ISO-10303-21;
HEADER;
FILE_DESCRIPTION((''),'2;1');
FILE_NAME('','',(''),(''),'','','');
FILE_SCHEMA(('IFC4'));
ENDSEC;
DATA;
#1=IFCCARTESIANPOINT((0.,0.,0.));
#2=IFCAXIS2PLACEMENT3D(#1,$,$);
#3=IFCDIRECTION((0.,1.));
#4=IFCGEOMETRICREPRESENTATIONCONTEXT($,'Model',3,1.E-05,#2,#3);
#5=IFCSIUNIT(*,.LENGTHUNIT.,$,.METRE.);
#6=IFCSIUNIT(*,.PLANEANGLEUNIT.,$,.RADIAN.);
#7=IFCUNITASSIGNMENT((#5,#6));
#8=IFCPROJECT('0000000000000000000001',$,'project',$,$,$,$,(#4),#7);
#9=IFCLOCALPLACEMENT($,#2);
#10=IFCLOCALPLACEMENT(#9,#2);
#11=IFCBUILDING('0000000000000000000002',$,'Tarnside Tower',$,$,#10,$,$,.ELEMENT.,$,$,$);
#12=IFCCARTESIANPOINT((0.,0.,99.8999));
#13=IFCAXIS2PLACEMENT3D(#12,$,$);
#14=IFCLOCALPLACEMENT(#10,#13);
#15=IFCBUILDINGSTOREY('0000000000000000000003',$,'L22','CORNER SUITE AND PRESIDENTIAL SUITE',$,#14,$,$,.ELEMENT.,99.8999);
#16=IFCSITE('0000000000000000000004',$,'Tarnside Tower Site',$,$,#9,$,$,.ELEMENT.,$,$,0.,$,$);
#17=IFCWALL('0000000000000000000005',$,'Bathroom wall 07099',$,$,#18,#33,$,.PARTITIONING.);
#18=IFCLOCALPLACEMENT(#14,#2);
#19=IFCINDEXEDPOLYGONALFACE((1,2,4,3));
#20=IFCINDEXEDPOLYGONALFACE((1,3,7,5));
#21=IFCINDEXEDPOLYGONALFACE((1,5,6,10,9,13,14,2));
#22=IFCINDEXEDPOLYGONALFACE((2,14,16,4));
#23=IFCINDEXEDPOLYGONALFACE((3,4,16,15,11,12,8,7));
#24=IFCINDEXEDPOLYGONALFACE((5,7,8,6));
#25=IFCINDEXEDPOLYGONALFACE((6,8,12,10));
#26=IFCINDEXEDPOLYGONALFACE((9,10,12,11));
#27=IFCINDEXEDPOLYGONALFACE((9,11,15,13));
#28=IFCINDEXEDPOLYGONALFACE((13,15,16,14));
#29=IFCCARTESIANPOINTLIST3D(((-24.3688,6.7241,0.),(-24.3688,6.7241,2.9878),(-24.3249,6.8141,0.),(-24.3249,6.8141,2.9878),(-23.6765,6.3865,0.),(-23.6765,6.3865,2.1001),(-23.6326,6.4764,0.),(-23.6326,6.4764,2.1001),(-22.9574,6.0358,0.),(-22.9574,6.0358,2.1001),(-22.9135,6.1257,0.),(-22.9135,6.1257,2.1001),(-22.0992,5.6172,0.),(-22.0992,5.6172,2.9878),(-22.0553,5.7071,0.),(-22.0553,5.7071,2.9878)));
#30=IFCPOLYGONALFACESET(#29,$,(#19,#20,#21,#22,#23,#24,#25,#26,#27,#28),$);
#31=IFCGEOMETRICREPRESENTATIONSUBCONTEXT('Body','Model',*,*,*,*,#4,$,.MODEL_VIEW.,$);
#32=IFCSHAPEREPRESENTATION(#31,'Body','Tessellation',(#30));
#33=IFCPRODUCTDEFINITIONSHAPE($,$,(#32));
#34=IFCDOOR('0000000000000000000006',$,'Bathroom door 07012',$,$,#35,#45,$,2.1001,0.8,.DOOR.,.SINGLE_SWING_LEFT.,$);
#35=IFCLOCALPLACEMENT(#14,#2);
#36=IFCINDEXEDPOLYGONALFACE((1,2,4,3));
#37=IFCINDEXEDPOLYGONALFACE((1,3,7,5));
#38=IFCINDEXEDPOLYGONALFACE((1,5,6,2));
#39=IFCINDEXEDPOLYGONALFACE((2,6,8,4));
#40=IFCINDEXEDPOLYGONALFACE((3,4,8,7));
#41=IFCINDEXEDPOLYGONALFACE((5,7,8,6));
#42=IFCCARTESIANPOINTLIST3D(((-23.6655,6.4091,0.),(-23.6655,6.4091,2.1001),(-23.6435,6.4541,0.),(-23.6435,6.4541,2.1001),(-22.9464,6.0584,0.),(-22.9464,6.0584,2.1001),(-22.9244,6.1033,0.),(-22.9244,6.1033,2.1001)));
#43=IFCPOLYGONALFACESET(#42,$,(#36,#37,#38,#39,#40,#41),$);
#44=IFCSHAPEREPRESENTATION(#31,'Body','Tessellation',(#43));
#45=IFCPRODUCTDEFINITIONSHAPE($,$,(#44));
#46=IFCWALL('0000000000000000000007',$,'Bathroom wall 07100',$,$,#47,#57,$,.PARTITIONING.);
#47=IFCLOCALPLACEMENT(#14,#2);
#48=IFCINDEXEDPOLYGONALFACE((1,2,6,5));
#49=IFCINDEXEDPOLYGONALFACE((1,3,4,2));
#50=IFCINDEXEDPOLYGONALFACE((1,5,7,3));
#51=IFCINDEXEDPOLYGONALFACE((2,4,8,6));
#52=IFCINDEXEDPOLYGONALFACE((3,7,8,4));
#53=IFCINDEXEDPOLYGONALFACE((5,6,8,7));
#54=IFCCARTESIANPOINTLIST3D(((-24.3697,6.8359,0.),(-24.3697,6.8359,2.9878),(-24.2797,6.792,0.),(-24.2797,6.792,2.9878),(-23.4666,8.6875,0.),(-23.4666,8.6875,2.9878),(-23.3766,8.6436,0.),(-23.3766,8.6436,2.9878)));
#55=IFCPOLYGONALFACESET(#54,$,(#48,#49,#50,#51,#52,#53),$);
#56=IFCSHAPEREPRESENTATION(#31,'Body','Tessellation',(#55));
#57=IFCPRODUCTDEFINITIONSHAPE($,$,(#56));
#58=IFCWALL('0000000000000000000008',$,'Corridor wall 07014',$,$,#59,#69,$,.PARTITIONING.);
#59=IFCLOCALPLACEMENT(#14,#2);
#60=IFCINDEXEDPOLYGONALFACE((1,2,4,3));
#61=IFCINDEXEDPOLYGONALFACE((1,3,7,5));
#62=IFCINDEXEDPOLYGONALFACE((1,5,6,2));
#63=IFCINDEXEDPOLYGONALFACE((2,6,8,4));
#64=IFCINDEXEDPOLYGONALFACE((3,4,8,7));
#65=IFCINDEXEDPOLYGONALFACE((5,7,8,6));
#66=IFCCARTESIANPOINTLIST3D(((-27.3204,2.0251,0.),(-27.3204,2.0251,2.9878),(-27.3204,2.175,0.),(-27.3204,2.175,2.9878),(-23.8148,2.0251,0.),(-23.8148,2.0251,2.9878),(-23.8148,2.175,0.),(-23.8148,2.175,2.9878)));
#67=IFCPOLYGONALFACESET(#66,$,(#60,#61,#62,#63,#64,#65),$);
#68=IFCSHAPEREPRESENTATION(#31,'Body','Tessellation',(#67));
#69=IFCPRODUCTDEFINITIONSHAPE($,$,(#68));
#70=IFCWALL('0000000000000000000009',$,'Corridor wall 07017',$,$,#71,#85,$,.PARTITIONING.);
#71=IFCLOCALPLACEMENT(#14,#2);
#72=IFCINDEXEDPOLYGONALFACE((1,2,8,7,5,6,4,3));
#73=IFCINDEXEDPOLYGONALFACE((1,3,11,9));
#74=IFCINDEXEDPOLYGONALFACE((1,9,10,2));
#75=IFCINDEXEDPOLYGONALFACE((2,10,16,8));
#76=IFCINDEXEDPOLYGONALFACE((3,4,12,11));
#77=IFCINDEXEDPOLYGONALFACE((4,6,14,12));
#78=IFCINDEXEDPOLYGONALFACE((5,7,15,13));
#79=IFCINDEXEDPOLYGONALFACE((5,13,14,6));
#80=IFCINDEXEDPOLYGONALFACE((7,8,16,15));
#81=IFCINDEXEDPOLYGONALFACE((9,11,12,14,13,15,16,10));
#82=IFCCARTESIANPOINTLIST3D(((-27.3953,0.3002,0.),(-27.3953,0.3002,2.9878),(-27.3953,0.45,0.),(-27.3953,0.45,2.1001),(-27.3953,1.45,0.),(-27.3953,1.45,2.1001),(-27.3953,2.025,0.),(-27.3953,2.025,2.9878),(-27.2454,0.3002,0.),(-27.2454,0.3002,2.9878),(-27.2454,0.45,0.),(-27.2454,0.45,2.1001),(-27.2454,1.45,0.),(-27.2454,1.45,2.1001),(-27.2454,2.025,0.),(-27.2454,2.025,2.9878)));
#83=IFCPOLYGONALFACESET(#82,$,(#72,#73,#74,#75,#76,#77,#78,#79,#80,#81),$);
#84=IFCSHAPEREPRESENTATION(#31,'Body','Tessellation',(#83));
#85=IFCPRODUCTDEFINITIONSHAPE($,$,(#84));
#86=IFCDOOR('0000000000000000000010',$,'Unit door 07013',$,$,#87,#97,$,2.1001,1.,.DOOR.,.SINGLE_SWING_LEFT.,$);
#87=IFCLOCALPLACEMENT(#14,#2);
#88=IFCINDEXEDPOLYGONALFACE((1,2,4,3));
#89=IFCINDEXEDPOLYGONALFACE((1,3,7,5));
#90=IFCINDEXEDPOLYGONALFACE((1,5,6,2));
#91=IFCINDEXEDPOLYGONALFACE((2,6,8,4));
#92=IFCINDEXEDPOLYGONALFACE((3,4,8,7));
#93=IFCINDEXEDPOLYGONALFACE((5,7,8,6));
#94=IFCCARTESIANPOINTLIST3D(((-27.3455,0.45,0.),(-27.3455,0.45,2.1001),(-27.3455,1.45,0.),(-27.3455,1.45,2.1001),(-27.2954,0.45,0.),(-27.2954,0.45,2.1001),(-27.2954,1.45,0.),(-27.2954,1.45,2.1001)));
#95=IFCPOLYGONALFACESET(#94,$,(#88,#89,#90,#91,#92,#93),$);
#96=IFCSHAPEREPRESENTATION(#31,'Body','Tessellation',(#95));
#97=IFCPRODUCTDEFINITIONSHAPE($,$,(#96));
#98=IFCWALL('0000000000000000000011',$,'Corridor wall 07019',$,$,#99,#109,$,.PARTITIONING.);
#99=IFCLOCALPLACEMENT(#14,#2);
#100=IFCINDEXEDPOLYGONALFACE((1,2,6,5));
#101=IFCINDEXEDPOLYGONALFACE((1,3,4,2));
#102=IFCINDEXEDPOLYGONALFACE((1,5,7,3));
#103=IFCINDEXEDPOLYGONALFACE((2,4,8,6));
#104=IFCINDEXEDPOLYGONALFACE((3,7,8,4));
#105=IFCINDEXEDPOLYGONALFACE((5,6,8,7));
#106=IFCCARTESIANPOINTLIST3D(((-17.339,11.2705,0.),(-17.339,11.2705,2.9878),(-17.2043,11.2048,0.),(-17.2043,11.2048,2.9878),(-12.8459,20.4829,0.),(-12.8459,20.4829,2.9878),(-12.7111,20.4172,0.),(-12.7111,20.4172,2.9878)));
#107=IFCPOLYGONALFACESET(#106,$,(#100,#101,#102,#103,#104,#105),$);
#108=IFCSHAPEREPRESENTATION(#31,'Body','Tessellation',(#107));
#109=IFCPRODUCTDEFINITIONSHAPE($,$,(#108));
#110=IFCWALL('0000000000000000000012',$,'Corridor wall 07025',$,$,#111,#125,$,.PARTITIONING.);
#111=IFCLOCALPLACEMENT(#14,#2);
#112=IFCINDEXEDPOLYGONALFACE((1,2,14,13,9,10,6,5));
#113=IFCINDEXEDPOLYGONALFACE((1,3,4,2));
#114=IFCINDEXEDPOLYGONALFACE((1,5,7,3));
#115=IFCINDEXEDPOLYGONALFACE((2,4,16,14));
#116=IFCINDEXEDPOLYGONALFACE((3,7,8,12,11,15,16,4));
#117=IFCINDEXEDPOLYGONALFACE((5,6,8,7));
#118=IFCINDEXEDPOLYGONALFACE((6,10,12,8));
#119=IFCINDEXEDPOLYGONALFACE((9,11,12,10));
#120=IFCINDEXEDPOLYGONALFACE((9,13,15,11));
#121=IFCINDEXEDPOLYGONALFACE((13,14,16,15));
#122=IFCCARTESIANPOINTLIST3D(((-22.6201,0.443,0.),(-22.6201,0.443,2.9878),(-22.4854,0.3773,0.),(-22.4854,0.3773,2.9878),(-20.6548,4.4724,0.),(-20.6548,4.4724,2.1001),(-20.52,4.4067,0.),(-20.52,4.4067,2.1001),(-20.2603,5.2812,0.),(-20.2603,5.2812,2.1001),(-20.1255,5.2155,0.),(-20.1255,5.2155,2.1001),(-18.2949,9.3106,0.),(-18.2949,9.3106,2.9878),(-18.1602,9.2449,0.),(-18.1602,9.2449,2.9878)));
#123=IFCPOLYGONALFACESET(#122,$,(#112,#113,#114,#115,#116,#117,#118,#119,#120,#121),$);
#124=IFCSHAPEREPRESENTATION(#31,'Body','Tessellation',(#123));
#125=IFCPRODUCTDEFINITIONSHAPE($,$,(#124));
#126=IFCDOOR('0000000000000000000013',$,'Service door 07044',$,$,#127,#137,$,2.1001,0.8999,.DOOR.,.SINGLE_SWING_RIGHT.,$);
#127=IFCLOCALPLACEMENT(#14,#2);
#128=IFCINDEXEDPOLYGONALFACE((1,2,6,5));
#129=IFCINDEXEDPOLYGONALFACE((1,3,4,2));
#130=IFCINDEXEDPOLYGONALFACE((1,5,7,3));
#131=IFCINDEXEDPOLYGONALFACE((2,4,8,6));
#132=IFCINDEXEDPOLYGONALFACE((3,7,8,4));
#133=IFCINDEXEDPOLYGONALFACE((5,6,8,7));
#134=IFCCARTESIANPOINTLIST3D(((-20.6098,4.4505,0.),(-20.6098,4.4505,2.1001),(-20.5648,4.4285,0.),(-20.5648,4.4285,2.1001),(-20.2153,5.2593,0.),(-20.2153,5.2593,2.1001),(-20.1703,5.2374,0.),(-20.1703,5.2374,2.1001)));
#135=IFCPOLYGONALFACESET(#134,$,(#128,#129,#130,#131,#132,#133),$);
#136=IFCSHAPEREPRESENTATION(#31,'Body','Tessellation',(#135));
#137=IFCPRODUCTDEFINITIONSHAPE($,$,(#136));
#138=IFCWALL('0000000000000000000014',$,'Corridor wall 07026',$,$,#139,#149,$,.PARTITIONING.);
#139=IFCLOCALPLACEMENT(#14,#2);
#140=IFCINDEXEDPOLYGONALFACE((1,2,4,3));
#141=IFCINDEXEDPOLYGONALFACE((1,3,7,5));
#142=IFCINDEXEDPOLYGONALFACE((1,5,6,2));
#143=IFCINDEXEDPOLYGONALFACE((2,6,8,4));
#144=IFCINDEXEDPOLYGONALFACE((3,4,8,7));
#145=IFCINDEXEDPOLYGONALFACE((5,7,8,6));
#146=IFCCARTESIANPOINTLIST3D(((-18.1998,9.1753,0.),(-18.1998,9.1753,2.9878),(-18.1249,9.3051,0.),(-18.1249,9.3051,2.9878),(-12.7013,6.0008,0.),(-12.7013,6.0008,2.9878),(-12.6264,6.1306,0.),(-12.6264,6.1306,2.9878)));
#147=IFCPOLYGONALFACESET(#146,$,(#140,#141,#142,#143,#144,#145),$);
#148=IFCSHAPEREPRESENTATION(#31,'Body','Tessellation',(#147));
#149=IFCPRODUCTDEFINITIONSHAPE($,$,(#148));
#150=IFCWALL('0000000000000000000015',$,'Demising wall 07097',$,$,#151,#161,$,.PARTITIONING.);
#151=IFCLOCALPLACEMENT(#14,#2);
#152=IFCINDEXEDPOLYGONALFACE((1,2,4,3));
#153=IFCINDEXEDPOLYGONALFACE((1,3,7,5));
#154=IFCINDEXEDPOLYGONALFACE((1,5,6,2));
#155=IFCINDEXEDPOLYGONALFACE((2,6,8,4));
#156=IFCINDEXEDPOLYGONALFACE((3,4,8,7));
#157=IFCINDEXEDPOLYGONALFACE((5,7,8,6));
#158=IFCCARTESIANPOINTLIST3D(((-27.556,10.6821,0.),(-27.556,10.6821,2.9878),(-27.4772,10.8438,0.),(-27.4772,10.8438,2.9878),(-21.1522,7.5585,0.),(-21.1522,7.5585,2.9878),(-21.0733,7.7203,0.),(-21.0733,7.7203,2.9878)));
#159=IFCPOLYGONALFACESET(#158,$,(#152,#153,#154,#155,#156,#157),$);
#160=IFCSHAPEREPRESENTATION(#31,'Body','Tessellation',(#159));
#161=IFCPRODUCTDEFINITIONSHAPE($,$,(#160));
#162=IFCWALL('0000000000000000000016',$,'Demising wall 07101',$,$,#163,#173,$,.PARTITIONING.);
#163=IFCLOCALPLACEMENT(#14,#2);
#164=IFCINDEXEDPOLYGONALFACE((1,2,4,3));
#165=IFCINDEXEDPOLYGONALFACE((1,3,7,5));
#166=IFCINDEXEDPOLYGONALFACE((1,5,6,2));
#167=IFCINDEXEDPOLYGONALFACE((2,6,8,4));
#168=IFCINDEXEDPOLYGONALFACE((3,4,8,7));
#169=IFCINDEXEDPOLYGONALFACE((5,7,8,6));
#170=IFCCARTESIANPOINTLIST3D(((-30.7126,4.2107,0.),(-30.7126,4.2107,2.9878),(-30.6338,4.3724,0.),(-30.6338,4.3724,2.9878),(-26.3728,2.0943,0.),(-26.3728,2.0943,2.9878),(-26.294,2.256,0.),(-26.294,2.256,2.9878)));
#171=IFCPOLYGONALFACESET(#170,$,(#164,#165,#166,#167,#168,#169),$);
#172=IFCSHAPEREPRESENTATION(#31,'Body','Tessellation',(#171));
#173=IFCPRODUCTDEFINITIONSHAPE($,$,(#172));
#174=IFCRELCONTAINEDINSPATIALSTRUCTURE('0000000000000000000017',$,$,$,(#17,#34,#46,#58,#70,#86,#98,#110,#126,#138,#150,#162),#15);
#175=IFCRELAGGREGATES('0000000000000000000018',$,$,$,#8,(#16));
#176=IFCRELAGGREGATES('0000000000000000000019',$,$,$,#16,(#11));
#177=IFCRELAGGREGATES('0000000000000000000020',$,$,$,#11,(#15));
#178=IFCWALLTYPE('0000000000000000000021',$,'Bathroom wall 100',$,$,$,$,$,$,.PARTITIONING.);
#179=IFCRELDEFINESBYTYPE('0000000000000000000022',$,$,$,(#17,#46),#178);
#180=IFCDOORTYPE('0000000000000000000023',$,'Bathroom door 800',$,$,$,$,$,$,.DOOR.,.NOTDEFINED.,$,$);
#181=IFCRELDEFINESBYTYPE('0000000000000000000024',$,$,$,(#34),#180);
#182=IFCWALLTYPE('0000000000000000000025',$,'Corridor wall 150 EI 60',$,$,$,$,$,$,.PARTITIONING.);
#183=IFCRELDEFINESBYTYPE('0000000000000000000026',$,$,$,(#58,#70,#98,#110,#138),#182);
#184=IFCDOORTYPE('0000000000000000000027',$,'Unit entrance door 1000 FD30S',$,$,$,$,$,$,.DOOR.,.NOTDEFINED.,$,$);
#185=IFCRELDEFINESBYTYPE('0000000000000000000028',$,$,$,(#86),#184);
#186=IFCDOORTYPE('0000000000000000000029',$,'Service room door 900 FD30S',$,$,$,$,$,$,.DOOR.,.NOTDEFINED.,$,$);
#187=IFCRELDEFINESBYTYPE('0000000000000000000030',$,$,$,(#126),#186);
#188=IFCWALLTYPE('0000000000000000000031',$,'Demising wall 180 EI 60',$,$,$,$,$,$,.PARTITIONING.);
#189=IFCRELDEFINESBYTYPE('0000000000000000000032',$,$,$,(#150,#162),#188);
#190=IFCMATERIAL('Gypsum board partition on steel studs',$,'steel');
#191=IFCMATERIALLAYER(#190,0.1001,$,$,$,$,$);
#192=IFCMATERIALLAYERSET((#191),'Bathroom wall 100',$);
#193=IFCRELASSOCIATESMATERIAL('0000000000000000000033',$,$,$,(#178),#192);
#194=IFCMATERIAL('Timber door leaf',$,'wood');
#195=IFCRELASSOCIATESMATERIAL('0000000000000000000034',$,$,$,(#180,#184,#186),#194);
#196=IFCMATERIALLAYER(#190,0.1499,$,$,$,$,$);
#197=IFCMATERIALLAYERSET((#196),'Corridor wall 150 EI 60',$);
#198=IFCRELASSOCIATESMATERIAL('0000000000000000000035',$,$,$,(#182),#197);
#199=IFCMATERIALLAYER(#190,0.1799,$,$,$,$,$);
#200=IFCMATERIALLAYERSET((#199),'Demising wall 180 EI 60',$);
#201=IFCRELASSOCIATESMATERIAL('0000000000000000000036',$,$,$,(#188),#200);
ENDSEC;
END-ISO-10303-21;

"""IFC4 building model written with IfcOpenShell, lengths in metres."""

from ifc_helpers import new_model, si_unit, direction, frame, frame_2d, origin, place, context, subcontext, project, spatial, rectangle, extrude, material, layer, layer_set, type_object, element, fill, save


model = new_model("IFC4")

# Units and contexts
model_context = context("Model", 3, precision=1e-05, world=origin(), true_north=direction((0.0, 1.0)))
body_context = subcontext(model_context, "Body", "Model", "MODEL_VIEW")
ifc_project = project(units=[si_unit("LENGTHUNIT", "METRE"), si_unit("PLANEANGLEUNIT", "RADIAN")], contexts=[model_context])

# Site, building, storey
site_placement = place(None, origin())
site = spatial("IfcSite", under=ifc_project, at=site_placement, Name="Tarnside Tower Site", CompositionType="ELEMENT", RefElevation=0.0)
building_placement = place(site_placement, origin())
building = spatial("IfcBuilding", under=site, at=building_placement, Name="Tarnside Tower", CompositionType="ELEMENT")
storey_placement = place(building_placement, frame((0.0, 0.0, 99.8999)))
storey = spatial("IfcBuildingStorey", under=building, at=storey_placement, Name="L22", Description="CORNER SUITE AND PRESIDENTIAL SUITE", CompositionType="ELEMENT", Elevation=99.8999)

# Wall, opening, door
ifc_material_1 = material(Name="Gypsum board partition on steel studs", Category="steel")
ifc_layer_1 = layer(ifc_material_1, 0.1001)
ifc_layer_set_1 = layer_set([ifc_layer_1], Name="Bathroom wall 100")
wall_type_1 = type_object("IfcWallType", Name="Bathroom wall 100", PredefinedType="PARTITIONING", material=ifc_layer_set_1)
wall_1_placement = place(storey_placement, frame((-22.0771, 5.6621, 0.0), z_axis=(0.0, 0.0, 1.0), x_axis=(-0.898793, 0.438374, 0.0)))
wall_1 = element("IfcWall", 1, at=wall_1_placement, inside=storey, type_object=wall_type_1, Name="Bathroom wall 07099", PredefinedType="PARTITIONING", context=body_context, shape_type="SweptSolid", body=[
    extrude(rectangle(XDim=2.5251, YDim=0.1001, at=frame_2d((1.2627, 0.0))), origin(), (0.0, 0.0, 1.0), 2.9878),
])
opening_1_placement = place(wall_1_placement, frame((0.9551, 0.0, 0.0)))
opening_1 = element("IfcOpeningElement", 2, at=opening_1_placement, cuts=wall_1, PredefinedType="OPENING", context=body_context, shape_type="SweptSolid", body=[
    extrude(rectangle(XDim=0.8, YDim=2.1001, at=frame_2d((0.3999, 1.05))), frame((0.0, 0.0601, 0.0), z_axis=(0.0, -1.0, 0.0), x_axis=(1.0, 0.0, 0.0)), (0.0, 0.0, 1.0), 0.1201),
])
ifc_material_2 = material(Name="Timber door leaf", Category="wood")
door_type_1 = type_object("IfcDoorType", Name="Bathroom door 800", OperationType="NOTDEFINED", PredefinedType="DOOR", material=ifc_material_2)
door_1_placement = place(opening_1_placement, origin())
door_1 = element("IfcDoor", 3, at=door_1_placement, inside=storey, type_object=door_type_1, Name="Bathroom door 07012", OperationType="SINGLE_SWING_LEFT", OverallHeight=2.1001, OverallWidth=0.8, PredefinedType="DOOR", context=body_context, shape_type="SweptSolid", body=[
    extrude(rectangle(XDim=0.8, YDim=2.1001, at=frame_2d((0.3999, 1.05))), frame((0.0, 0.0249, 0.0), z_axis=(0.0, -1.0, 0.0), x_axis=(1.0, 0.0, 0.0)), (0.0, 0.0, 1.0), 0.05),
])
fill(opening_1, door_1)

# Walls
wall_2_placement = place(storey_placement, frame((-24.3247, 6.814, 0.0), z_axis=(0.0, 0.0, 1.0), x_axis=(0.438375, 0.898792, 0.0)))
element("IfcWall", 4, at=wall_2_placement, inside=storey, type_object=wall_type_1, Name="Bathroom wall 07100", PredefinedType="PARTITIONING", context=body_context, shape_type="SweptSolid", body=[
    extrude(rectangle(XDim=2.0601, YDim=0.1001, at=frame_2d((1.03, 0.0))), origin(), (0.0, 0.0, 1.0), 2.9878),
])
ifc_layer_2 = layer(ifc_material_1, 0.1499)
ifc_layer_set_2 = layer_set([ifc_layer_2], Name="Corridor wall 150 EI 60")
wall_type_2 = type_object("IfcWallType", Name="Corridor wall 150 EI 60", PredefinedType="PARTITIONING", material=ifc_layer_set_2)
wall_3_placement = place(storey_placement, frame((-23.8147, 2.1001, 0.0), z_axis=(0.0, 0.0, 1.0), x_axis=(-1.0, 0.0, 0.0)))
element("IfcWall", 5, at=wall_3_placement, inside=storey, type_object=wall_type_2, Name="Corridor wall 07014", PredefinedType="PARTITIONING", context=body_context, shape_type="SweptSolid", body=[
    extrude(rectangle(XDim=3.5056, YDim=0.1499, at=frame_2d((1.7529, 0.0))), origin(), (0.0, 0.0, 1.0), 2.9878),
])

# Wall, opening, door
wall_4_placement = place(storey_placement, frame((-27.3203, 2.0249, 0.0), z_axis=(0.0, 0.0, 1.0), x_axis=(0.0, -1.0, 0.0)))
wall_4 = element("IfcWall", 6, at=wall_4_placement, inside=storey, type_object=wall_type_2, Name="Corridor wall 07017", PredefinedType="PARTITIONING", context=body_context, shape_type="SweptSolid", body=[
    extrude(rectangle(XDim=1.7249, YDim=0.1499, at=frame_2d((0.8623, 0.0))), origin(), (0.0, 0.0, 1.0), 2.9878),
])
opening_2_placement = place(wall_4_placement, frame((0.575, 0.0, 0.0)))
opening_2 = element("IfcOpeningElement", 7, at=opening_2_placement, cuts=wall_4, PredefinedType="OPENING", context=body_context, shape_type="SweptSolid", body=[
    extrude(rectangle(XDim=1.0, YDim=2.1001, at=frame_2d((0.5, 1.05))), frame((0.0, 0.085, 0.0), z_axis=(0.0, -1.0, 0.0), x_axis=(1.0, 0.0, 0.0)), (0.0, 0.0, 1.0), 0.1699),
])
door_type_2 = type_object("IfcDoorType", Name="Unit entrance door 1000 FD30S", OperationType="NOTDEFINED", PredefinedType="DOOR", material=ifc_material_2)
door_2_placement = place(opening_2_placement, origin())
door_2 = element("IfcDoor", 8, at=door_2_placement, inside=storey, type_object=door_type_2, Name="Unit door 07013", OperationType="SINGLE_SWING_LEFT", OverallHeight=2.1001, OverallWidth=1.0, PredefinedType="DOOR", context=body_context, shape_type="SweptSolid", body=[
    extrude(rectangle(XDim=1.0, YDim=2.1001, at=frame_2d((0.5, 1.05))), frame((0.0, 0.0249, 0.0), z_axis=(0.0, -1.0, 0.0), x_axis=(1.0, 0.0, 0.0)), (0.0, 0.0, 1.0), 0.05),
])
fill(opening_2, door_2)

# Wall
wall_5_placement = place(storey_placement, frame((-17.2717, 11.2375, 0.0), z_axis=(0.0, 0.0, 1.0), x_axis=(0.438369, 0.898795, 0.0)))
element("IfcWall", 9, at=wall_5_placement, inside=storey, type_object=wall_type_2, Name="Corridor wall 07019", PredefinedType="PARTITIONING", context=body_context, shape_type="SweptSolid", body=[
    extrude(rectangle(XDim=10.2498, YDim=0.1499, at=frame_2d((5.125, 0.0))), origin(), (0.0, 0.0, 1.0), 2.9878),
])

# Wall, opening, door
wall_6_placement = place(storey_placement, frame((-22.5527, 0.4102, 0.0), z_axis=(0.0, 0.0, 1.0), x_axis=(0.438383, 0.898788, 0.0)))
wall_6 = element("IfcWall", 10, at=wall_6_placement, inside=storey, type_object=wall_type_2, Name="Corridor wall 07025", PredefinedType="PARTITIONING", context=body_context, shape_type="SweptSolid", body=[
    extrude(rectangle(XDim=9.8662, YDim=0.1499, at=frame_2d((4.9331, 0.0))), origin(), (0.0, 0.0, 1.0), 2.9878),
])
opening_3_placement = place(wall_6_placement, frame((4.4832, 0.0, 0.0)))
opening_3 = element("IfcOpeningElement", 11, at=opening_3_placement, cuts=wall_6, PredefinedType="OPENING", context=body_context, shape_type="SweptSolid", body=[
    extrude(rectangle(XDim=0.8999, YDim=2.1001, at=frame_2d((0.45, 1.05))), frame((0.0, 0.085, 0.0), z_axis=(0.0, -1.0, 0.0), x_axis=(1.0, 0.0, 0.0)), (0.0, 0.0, 1.0), 0.1699),
])
door_type_3 = type_object("IfcDoorType", Name="Service room door 900 FD30S", OperationType="NOTDEFINED", PredefinedType="DOOR", material=ifc_material_2)
door_3_placement = place(opening_3_placement, origin())
door_3 = element("IfcDoor", 12, at=door_3_placement, inside=storey, type_object=door_type_3, Name="Service door 07044", OperationType="SINGLE_SWING_RIGHT", OverallHeight=2.1001, OverallWidth=0.8999, PredefinedType="DOOR", context=body_context, shape_type="SweptSolid", body=[
    extrude(rectangle(XDim=0.8999, YDim=2.1001, at=frame_2d((0.45, 1.05))), frame((0.0, 0.0249, 0.0), z_axis=(0.0, -1.0, 0.0), x_axis=(1.0, 0.0, 0.0)), (0.0, 0.0, 1.0), 0.05),
])
fill(opening_3, door_3)

# Walls
wall_7_placement = place(storey_placement, frame((-18.1624, 9.2402, 0.0), z_axis=(0.0, 0.0, 1.0), x_axis=(0.866027, -0.499998, 0.0)))
element("IfcWall", 13, at=wall_7_placement, inside=storey, type_object=wall_type_2, Name="Corridor wall 07026", PredefinedType="PARTITIONING", context=body_context, shape_type="SweptSolid", body=[
    extrude(rectangle(XDim=6.3491, YDim=0.1499, at=frame_2d((3.1746, 0.0))), origin(), (0.0, 0.0, 1.0), 2.9878),
])
ifc_layer_3 = layer(ifc_material_1, 0.1799)
ifc_layer_set_3 = layer_set([ifc_layer_3], Name="Demising wall 180 EI 60")
wall_type_3 = type_object("IfcWallType", Name="Demising wall 180 EI 60", PredefinedType="PARTITIONING", material=ifc_layer_set_3)
wall_8_placement = place(storey_placement, frame((-27.5166, 10.7629, 0.0), z_axis=(0.0, 0.0, 1.0), x_axis=(0.898784, -0.438393, 0.0)))
element("IfcWall", 14, at=wall_8_placement, inside=storey, type_object=wall_type_3, Name="Demising wall 07097", PredefinedType="PARTITIONING", context=body_context, shape_type="SweptSolid", body=[
    extrude(rectangle(XDim=7.125, YDim=0.1799, at=frame_2d((3.5625, 0.0))), origin(), (0.0, 0.0, 1.0), 2.9878),
])
wall_9_placement = place(storey_placement, frame((-30.6731, 4.2915, 0.0), z_axis=(0.0, 0.0, 1.0), x_axis=(0.898813, -0.438333, 0.0)))
element("IfcWall", 15, at=wall_9_placement, inside=storey, type_object=wall_type_3, Name="Demising wall 07101", PredefinedType="PARTITIONING", context=body_context, shape_type="SweptSolid", body=[
    extrude(rectangle(XDim=4.8284, YDim=0.1799, at=frame_2d((2.4141, 0.0))), origin(), (0.0, 0.0, 1.0), 2.9878),
])

save(model, "model.ifc")
